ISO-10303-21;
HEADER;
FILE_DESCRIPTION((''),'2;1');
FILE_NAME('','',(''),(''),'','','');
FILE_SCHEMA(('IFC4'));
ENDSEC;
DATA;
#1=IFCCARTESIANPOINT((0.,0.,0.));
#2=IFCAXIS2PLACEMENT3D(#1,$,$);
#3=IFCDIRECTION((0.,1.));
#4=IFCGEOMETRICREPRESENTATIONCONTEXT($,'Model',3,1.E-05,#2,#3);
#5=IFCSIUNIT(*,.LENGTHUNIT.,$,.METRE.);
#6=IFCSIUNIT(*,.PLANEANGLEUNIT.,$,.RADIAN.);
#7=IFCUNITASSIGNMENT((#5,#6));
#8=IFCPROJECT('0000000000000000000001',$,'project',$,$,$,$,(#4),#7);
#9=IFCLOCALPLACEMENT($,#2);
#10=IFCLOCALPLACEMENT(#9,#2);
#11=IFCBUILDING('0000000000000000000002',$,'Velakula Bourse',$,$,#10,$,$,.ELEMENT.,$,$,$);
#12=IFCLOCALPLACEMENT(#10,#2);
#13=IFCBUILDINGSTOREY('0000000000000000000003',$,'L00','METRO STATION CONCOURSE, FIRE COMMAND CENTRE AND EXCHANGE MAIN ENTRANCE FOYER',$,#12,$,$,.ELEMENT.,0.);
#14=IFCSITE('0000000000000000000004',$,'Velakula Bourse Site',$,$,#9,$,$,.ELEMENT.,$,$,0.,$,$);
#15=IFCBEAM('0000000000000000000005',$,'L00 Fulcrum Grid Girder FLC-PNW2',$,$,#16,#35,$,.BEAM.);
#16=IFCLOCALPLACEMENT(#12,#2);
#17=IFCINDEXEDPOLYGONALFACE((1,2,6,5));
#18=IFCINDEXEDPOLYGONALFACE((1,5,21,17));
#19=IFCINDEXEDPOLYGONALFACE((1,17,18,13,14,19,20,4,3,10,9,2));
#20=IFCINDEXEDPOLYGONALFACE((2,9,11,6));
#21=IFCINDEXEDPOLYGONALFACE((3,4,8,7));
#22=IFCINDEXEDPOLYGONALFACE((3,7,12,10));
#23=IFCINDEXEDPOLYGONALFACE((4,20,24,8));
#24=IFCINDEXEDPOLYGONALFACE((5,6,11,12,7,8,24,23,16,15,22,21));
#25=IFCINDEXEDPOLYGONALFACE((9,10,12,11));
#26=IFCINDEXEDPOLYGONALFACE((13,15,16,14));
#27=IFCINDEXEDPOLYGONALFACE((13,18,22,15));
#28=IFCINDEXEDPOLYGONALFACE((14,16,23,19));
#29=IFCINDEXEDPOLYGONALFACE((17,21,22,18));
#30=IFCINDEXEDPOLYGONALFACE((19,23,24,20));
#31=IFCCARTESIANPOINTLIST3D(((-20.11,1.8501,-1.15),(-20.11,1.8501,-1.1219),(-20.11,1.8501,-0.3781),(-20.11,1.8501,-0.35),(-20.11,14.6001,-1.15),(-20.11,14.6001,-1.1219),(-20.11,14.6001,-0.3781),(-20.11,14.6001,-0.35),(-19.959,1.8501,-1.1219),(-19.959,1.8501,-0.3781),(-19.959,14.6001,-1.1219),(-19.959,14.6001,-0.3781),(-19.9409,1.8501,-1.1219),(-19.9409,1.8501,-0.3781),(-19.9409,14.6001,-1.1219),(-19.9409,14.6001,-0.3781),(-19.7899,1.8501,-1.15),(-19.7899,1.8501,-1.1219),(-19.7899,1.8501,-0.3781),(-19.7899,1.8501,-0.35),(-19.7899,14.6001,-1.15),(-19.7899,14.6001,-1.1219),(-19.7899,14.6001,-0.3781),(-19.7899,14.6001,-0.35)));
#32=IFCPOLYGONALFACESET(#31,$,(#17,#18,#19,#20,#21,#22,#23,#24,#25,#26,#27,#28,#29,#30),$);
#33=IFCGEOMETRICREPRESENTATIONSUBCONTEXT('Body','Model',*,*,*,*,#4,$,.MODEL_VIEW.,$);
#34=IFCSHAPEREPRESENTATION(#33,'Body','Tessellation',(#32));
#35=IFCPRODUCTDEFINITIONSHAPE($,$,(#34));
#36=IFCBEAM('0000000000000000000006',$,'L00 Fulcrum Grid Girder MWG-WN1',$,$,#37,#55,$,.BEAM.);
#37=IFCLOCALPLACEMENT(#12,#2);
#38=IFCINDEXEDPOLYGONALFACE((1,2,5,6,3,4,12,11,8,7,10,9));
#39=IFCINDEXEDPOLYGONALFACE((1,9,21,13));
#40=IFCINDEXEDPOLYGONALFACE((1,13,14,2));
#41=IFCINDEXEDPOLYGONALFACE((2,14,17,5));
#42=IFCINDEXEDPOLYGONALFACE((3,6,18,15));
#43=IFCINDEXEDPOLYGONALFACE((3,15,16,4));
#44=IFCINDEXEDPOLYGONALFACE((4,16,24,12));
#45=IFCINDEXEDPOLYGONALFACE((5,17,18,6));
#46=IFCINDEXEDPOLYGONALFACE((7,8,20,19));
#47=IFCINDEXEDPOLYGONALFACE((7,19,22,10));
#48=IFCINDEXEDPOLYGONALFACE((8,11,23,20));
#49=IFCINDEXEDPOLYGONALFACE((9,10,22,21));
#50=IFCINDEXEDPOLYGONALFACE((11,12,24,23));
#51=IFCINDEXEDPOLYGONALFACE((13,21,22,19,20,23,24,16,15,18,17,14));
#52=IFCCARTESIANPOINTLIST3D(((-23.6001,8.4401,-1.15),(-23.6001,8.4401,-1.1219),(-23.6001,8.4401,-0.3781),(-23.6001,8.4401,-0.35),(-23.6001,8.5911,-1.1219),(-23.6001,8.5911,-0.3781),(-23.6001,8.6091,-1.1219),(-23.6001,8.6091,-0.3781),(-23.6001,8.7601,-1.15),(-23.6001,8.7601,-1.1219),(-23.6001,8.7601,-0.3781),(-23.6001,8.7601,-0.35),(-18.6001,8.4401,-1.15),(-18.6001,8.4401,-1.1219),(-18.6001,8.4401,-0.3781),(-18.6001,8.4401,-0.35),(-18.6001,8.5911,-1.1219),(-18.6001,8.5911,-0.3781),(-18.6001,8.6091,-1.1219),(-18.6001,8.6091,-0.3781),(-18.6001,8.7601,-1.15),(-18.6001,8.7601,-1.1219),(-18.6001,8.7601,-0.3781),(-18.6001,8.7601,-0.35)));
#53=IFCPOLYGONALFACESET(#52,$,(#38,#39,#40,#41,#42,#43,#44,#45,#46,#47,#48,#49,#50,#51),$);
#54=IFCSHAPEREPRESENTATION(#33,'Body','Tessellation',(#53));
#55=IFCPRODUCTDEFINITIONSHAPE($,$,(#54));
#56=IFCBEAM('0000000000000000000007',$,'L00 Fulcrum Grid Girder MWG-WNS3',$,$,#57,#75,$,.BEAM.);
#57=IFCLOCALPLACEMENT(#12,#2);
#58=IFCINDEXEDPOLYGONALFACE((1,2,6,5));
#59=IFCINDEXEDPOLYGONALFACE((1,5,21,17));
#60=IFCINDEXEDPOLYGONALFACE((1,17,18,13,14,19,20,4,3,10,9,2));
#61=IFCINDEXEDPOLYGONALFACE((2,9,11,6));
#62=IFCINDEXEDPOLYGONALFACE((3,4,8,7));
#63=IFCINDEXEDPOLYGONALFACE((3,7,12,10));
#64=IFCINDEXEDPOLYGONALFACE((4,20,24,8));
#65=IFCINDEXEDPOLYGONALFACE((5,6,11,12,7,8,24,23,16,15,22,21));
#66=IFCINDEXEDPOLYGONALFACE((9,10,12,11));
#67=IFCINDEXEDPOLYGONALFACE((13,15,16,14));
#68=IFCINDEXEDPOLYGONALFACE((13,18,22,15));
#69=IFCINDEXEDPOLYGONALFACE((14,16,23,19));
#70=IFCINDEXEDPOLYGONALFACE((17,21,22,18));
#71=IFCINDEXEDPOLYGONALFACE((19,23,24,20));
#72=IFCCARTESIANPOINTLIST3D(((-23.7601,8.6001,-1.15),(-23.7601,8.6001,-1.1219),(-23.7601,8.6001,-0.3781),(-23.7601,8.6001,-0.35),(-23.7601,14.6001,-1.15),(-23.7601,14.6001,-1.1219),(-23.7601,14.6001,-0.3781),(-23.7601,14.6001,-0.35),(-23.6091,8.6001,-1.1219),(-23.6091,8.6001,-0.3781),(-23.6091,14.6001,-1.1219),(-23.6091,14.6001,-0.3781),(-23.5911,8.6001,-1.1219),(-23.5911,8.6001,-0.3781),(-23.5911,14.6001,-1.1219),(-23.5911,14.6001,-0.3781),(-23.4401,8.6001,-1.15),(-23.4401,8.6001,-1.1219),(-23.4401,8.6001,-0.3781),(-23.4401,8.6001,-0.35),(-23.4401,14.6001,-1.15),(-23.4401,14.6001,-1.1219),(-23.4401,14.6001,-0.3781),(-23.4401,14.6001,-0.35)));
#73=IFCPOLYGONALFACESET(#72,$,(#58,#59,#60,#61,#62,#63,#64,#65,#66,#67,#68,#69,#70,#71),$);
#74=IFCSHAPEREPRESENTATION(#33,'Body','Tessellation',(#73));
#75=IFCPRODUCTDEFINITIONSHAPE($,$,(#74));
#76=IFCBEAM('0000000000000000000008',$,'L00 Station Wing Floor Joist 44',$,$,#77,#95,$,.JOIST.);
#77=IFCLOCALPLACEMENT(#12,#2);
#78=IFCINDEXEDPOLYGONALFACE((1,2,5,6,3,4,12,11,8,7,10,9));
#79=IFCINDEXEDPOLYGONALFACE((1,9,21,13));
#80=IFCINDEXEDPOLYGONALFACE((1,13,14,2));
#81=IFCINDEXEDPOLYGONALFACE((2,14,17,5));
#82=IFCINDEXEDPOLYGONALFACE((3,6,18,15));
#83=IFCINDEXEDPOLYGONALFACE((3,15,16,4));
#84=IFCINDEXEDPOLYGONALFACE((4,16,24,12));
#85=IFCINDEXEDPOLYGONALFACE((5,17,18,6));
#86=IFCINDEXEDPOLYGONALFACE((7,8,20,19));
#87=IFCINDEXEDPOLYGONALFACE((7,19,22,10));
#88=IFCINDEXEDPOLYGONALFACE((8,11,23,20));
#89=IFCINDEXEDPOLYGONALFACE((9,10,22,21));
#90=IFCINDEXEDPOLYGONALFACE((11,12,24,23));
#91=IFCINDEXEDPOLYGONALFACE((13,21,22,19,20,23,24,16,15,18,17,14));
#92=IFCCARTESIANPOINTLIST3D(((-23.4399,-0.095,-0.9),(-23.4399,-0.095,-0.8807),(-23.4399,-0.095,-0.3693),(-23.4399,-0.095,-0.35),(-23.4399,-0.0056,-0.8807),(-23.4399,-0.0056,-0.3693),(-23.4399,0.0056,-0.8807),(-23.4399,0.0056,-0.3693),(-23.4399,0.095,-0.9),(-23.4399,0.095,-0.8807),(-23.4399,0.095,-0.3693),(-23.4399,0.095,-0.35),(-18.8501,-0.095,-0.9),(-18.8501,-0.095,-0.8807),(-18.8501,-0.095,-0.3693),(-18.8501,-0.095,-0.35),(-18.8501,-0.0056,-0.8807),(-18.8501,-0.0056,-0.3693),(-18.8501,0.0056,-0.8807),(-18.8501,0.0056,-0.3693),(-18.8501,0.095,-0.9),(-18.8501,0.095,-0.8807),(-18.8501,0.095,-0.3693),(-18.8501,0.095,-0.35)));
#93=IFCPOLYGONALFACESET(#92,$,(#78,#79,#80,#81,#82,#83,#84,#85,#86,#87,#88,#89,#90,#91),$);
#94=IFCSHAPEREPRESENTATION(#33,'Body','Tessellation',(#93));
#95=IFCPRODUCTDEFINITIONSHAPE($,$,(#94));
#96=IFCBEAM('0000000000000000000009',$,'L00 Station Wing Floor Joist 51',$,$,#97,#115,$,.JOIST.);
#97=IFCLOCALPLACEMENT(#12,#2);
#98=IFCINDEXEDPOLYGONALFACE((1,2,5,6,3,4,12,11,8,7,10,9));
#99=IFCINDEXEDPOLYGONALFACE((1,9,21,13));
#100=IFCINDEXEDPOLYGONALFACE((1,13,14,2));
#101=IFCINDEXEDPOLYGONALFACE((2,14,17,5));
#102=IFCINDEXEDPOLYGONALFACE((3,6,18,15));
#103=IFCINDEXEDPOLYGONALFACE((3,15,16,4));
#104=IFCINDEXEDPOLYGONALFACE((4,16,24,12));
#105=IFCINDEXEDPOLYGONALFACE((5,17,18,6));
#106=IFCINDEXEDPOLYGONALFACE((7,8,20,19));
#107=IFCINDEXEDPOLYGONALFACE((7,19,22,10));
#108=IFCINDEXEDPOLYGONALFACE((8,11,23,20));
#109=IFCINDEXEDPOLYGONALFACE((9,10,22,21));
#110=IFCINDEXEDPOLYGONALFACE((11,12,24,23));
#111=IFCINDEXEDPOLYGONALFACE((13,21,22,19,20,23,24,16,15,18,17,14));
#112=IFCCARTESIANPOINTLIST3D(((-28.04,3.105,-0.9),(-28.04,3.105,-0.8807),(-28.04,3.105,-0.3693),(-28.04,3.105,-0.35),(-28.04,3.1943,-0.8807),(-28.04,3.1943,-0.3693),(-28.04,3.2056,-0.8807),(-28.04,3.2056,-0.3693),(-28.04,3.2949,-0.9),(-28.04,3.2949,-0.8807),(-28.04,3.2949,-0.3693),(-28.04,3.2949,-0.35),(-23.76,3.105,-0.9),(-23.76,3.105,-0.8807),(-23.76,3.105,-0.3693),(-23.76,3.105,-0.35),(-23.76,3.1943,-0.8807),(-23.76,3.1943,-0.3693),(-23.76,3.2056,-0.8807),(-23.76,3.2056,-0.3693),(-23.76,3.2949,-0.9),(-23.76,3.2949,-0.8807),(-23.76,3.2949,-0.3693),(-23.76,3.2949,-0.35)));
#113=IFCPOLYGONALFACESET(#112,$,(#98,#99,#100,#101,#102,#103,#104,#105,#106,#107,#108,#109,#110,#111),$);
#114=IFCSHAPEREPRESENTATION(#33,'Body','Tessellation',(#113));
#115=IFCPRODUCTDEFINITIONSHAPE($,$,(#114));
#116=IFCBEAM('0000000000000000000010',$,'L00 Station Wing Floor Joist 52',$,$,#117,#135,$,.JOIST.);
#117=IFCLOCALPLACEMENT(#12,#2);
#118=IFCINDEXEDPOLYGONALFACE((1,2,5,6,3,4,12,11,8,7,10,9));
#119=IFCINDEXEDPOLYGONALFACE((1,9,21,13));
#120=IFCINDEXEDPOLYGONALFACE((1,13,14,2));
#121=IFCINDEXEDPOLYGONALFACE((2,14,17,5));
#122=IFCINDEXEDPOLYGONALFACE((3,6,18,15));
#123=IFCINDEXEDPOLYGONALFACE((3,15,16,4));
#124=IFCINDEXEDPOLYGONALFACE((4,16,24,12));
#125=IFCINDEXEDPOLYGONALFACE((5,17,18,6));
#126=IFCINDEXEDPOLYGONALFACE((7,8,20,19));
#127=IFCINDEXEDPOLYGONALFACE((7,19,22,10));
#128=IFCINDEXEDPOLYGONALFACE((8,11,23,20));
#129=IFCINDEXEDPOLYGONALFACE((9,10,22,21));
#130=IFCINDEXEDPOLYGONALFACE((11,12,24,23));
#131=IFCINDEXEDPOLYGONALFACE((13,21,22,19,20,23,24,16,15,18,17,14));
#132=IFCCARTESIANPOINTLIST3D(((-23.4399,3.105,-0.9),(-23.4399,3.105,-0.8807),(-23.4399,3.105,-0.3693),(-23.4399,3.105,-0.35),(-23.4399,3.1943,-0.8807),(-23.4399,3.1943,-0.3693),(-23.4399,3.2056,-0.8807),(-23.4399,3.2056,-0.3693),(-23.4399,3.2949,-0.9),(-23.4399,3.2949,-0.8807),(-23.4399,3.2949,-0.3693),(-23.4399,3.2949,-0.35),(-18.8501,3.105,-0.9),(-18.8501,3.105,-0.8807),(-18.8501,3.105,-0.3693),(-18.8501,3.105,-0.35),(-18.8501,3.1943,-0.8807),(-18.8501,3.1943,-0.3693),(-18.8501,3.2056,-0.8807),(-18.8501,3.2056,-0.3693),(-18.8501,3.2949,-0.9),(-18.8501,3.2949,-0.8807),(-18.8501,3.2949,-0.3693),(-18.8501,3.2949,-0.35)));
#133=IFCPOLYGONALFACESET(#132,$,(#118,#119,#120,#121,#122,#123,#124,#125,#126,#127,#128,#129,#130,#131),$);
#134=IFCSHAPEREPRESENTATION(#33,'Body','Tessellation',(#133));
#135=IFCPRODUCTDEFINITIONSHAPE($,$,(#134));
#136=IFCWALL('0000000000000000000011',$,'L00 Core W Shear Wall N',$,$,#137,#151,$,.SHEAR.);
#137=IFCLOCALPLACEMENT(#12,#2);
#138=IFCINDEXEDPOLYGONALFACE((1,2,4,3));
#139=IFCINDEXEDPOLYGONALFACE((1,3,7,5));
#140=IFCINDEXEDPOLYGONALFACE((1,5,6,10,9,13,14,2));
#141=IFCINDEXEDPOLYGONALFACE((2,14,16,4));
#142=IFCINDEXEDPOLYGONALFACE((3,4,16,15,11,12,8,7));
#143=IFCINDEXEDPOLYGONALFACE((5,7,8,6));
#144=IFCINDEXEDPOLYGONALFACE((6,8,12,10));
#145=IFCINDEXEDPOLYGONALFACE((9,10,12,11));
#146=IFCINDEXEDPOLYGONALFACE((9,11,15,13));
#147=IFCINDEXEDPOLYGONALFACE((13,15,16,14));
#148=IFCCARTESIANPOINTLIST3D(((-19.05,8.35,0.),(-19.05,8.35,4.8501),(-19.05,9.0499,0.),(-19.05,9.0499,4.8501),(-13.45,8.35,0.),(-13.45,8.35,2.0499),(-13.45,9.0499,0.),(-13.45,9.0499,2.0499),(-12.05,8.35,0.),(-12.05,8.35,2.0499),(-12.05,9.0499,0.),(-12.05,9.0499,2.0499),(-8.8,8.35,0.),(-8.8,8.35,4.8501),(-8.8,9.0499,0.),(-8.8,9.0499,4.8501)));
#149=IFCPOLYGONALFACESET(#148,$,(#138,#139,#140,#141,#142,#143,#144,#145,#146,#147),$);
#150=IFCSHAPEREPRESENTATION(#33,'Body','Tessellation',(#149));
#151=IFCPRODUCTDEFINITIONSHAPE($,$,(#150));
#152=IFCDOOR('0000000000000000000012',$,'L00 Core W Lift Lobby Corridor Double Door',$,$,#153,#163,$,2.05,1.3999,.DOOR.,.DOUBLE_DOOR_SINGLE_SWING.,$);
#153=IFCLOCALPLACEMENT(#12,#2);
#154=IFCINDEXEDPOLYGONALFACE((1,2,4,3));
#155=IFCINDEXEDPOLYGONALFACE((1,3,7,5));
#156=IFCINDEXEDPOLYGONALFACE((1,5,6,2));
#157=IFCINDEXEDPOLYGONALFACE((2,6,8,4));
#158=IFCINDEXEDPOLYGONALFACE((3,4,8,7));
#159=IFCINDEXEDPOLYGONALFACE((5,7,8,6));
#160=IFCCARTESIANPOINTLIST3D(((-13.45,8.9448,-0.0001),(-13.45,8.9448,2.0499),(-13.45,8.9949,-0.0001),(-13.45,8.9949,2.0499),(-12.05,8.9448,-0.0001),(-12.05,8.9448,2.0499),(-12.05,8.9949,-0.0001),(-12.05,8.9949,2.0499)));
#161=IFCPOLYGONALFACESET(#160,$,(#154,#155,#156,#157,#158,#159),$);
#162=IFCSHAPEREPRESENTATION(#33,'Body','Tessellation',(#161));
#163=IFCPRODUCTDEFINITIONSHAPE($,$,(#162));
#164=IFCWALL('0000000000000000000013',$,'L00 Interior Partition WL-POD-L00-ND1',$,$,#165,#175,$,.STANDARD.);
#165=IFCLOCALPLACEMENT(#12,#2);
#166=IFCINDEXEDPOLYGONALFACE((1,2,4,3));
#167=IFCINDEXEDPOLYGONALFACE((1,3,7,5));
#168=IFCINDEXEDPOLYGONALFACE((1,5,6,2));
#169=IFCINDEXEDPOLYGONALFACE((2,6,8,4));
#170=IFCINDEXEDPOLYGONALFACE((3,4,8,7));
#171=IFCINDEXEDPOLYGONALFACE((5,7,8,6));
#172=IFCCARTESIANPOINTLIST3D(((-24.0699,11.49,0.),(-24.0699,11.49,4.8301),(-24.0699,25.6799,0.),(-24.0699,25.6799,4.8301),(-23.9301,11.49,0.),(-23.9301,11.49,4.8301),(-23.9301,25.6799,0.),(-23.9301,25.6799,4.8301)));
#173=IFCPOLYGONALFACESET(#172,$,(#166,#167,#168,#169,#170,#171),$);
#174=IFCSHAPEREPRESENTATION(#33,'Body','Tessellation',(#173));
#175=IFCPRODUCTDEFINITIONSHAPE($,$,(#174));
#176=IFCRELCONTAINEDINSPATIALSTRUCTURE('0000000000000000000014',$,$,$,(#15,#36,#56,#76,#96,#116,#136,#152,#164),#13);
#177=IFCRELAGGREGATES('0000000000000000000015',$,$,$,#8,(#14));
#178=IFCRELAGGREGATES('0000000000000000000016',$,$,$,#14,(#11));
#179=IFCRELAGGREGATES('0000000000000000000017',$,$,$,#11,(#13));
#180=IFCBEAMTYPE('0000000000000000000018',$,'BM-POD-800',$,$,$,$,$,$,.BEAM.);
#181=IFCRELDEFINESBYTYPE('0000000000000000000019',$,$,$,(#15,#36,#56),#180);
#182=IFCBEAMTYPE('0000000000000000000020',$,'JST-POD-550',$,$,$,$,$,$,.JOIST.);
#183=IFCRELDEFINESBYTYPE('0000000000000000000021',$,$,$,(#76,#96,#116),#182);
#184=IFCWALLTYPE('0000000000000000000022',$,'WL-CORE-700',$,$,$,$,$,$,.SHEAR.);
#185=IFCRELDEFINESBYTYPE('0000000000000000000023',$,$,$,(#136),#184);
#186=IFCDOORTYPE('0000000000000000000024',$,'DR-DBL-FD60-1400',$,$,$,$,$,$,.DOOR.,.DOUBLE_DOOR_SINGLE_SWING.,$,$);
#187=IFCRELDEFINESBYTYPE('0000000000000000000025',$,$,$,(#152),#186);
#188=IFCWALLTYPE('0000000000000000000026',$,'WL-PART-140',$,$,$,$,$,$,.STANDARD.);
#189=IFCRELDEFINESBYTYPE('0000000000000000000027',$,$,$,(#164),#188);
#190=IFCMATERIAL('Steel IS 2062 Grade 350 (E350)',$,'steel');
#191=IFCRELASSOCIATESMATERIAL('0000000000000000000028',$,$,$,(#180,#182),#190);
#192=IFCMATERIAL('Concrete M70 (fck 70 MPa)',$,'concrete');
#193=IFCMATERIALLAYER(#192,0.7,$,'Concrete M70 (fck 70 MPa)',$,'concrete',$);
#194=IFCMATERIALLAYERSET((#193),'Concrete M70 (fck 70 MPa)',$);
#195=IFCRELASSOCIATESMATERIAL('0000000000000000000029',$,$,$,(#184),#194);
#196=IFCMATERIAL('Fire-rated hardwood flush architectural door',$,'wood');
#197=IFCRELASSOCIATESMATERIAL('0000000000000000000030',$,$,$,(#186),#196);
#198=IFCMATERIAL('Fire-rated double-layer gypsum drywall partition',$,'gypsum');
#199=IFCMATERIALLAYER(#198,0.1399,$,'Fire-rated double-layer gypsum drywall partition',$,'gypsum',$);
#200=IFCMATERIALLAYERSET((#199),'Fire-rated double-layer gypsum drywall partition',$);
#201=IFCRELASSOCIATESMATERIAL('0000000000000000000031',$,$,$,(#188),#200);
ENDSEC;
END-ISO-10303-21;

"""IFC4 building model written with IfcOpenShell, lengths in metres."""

from ifc_helpers import new_model, si_unit, direction, frame, frame_2d, origin, origin_2d, place, context, subcontext, project, spatial, rectangle, i_section, extrude, material, layer, layer_set, material_profile, profile_set, type_object, element, fill, save


model = new_model("IFC4")

# Units and contexts
model_context = context("Model", 3, precision=1e-05, world=origin(), true_north=direction((0.0, 1.0)))
body_context = subcontext(model_context, "Body", "Model", "MODEL_VIEW")
ifc_project = project(units=[si_unit("LENGTHUNIT", "METRE"), si_unit("PLANEANGLEUNIT", "RADIAN")], contexts=[model_context])

# Site, building, storey
site_placement = place(None, origin())
site = spatial("IfcSite", under=ifc_project, at=site_placement, Name="Velakula Bourse Site", CompositionType="ELEMENT", RefElevation=0.0)
building_placement = place(site_placement, origin())
building = spatial("IfcBuilding", under=site, at=building_placement, Name="Velakula Bourse", CompositionType="ELEMENT")
storey_placement = place(building_placement, origin())
storey = spatial("IfcBuildingStorey", under=building, at=storey_placement, Name="L00", Description="METRO STATION CONCOURSE, FIRE COMMAND CENTRE AND EXCHANGE MAIN ENTRANCE FOYER", CompositionType="ELEMENT", Elevation=0.0)

# Shared definitions
ifc_material_1 = material(Name="Concrete M70 (fck 70 MPa)", Category="concrete")

# Beams
ifc_material_2 = material(Name="Steel IS 2062 Grade 350 (E350)", Category="steel")
ifc_material_profile_1 = material_profile(ifc_material_2, i_section(OverallWidth=0.3201, OverallDepth=0.8, WebThickness=0.0181, FlangeThickness=0.0281, at=origin_2d()), Name="Steel IS 2062 Grade 350 (E350)")
ifc_profile_set_1 = profile_set([ifc_material_profile_1], Name="Steel IS 2062 Grade 350 (E350)")
beam_type_1 = type_object("IfcBeamType", Name="BM-POD-800", PredefinedType="BEAM", material=ifc_profile_set_1)
for number, where, z_axis, x_axis, name in (
    (1, (-19.95, 1.8501, -0.75), (0.0, 1.0, 0.0), (-1.0, 0.0, 0.0), "L00 Fulcrum Grid Girder FLC-PNW2"),
):
    element("IfcBeam", number, at=place(storey_placement, frame(where, z_axis=z_axis, x_axis=x_axis)), inside=storey, type_object=beam_type_1, Name=name, PredefinedType="BEAM", context=body_context, shape_type="SweptSolid", body=[
        extrude(i_section(OverallWidth=0.3201, OverallDepth=0.8, WebThickness=0.0181, FlangeThickness=0.0281, at=origin_2d()), origin(), (0.0, 0.0, 1.0), 12.75),
    ])
beam_1_placement = place(storey_placement, frame((-23.6001, 8.6001, -0.75), z_axis=(1.0, 0.0, 0.0), x_axis=(0.0, 1.0, 0.0)))
element("IfcBeam", 2, at=beam_1_placement, inside=storey, type_object=beam_type_1, Name="L00 Fulcrum Grid Girder MWG-WN1", PredefinedType="BEAM", context=body_context, shape_type="SweptSolid", body=[
    extrude(i_section(OverallWidth=0.3201, OverallDepth=0.8, WebThickness=0.0181, FlangeThickness=0.0281, at=origin_2d()), origin(), (0.0, 0.0, 1.0), 5.0),
])
beam_2_placement = place(storey_placement, frame((-23.6001, 8.6001, -0.75), z_axis=(0.0, 1.0, 0.0), x_axis=(-1.0, 0.0, 0.0)))
element("IfcBeam", 3, at=beam_2_placement, inside=storey, type_object=beam_type_1, Name="L00 Fulcrum Grid Girder MWG-WNS3", PredefinedType="BEAM", context=body_context, shape_type="SweptSolid", body=[
    extrude(i_section(OverallWidth=0.3201, OverallDepth=0.8, WebThickness=0.0181, FlangeThickness=0.0281, at=origin_2d()), origin(), (0.0, 0.0, 1.0), 6.0),
])
ifc_material_profile_2 = material_profile(ifc_material_2, i_section(OverallWidth=0.1899, OverallDepth=0.55, WebThickness=0.0112, FlangeThickness=0.0193, at=origin_2d()), Name="Steel IS 2062 Grade 350 (E350)")
ifc_profile_set_2 = profile_set([ifc_material_profile_2], Name="Steel IS 2062 Grade 350 (E350)")
beam_type_2 = type_object("IfcBeamType", Name="JST-POD-550", PredefinedType="JOIST", material=ifc_profile_set_2)
beam_3_placement = place(storey_placement, frame((-23.4399, 0.0, -0.625), z_axis=(1.0, 0.0, 0.0), x_axis=(0.0, 1.0, 0.0)))
element("IfcBeam", 4, at=beam_3_placement, inside=storey, type_object=beam_type_2, Name="L00 Station Wing Floor Joist 44", PredefinedType="JOIST", context=body_context, shape_type="SweptSolid", body=[
    extrude(i_section(OverallWidth=0.1899, OverallDepth=0.55, WebThickness=0.0112, FlangeThickness=0.0193, at=origin_2d()), origin(), (0.0, 0.0, 1.0), 4.5898),
])
beam_4_placement = place(storey_placement, frame((-28.04, 3.2, -0.625), z_axis=(1.0, 0.0, 0.0), x_axis=(0.0, 1.0, 0.0)))
element("IfcBeam", 5, at=beam_4_placement, inside=storey, type_object=beam_type_2, Name="L00 Station Wing Floor Joist 51", PredefinedType="JOIST", context=body_context, shape_type="SweptSolid", body=[
    extrude(i_section(OverallWidth=0.1899, OverallDepth=0.55, WebThickness=0.0112, FlangeThickness=0.0193, at=origin_2d()), origin(), (0.0, 0.0, 1.0), 4.28),
])
beam_5_placement = place(storey_placement, frame((-23.4399, 3.2, -0.625), z_axis=(1.0, 0.0, 0.0), x_axis=(0.0, 1.0, 0.0)))
element("IfcBeam", 6, at=beam_5_placement, inside=storey, type_object=beam_type_2, Name="L00 Station Wing Floor Joist 52", PredefinedType="JOIST", context=body_context, shape_type="SweptSolid", body=[
    extrude(i_section(OverallWidth=0.1899, OverallDepth=0.55, WebThickness=0.0112, FlangeThickness=0.0193, at=origin_2d()), origin(), (0.0, 0.0, 1.0), 4.5898),
])

# Wall, opening, door
ifc_layer_1 = layer(ifc_material_1, 0.7, Name="Concrete M70 (fck 70 MPa)", Category="concrete")
ifc_layer_set_1 = layer_set([ifc_layer_1], Name="Concrete M70 (fck 70 MPa)")
wall_type_1 = type_object("IfcWallType", Name="WL-CORE-700", PredefinedType="SHEAR", material=ifc_layer_set_1)
wall_1_placement = place(storey_placement, frame((-19.05, 8.7, 0.0), z_axis=(0.0, 0.0, 1.0), x_axis=(1.0, 0.0, 0.0)))
wall_1 = element("IfcWall", 7, at=wall_1_placement, inside=storey, type_object=wall_type_1, Name="L00 Core W Shear Wall N", PredefinedType="SHEAR", context=body_context, shape_type="SweptSolid", body=[
    extrude(rectangle(XDim=10.25, YDim=0.7, at=frame_2d((5.125, 0.0))), origin(), (0.0, 0.0, 1.0), 4.8501),
])
opening_placement = place(wall_1_placement, frame((5.6001, 0.0, 0.0)))
opening = element("IfcOpeningElement", 8, at=opening_placement, cuts=wall_1, PredefinedType="OPENING", context=body_context, shape_type="SweptSolid", body=[
    extrude(rectangle(XDim=1.3999, YDim=2.05, at=frame_2d((0.7, 1.0249))), frame((0.0, 0.3599, 0.0), z_axis=(0.0, -1.0, 0.0), x_axis=(1.0, 0.0, 0.0)), (0.0, 0.0, 1.0), 0.72),
])
ifc_material_3 = material(Name="Fire-rated hardwood flush architectural door", Category="wood")
door_type = type_object("IfcDoorType", Name="DR-DBL-FD60-1400", OperationType="DOUBLE_DOOR_SINGLE_SWING", PredefinedType="DOOR", material=ifc_material_3)
door_placement = place(opening_placement, origin())
door = element("IfcDoor", 9, at=door_placement, inside=storey, type_object=door_type, Name="L00 Core W Lift Lobby Corridor Double Door", OperationType="DOUBLE_DOOR_SINGLE_SWING", OverallHeight=2.05, OverallWidth=1.3999, PredefinedType="DOOR", context=body_context, shape_type="SweptSolid", body=[
    extrude(rectangle(XDim=1.3999, YDim=2.05, at=frame_2d((0.7, 1.0249))), frame((0.0, 0.2949, 0.0), z_axis=(0.0, -1.0, 0.0), x_axis=(1.0, 0.0, 0.0)), (0.0, 0.0, 1.0), 0.05),
])
fill(opening, door)

# Wall
ifc_material_4 = material(Name="Fire-rated double-layer gypsum drywall partition", Category="gypsum")
ifc_layer_2 = layer(ifc_material_4, 0.1399, Name="Fire-rated double-layer gypsum drywall partition", Category="gypsum")
ifc_layer_set_2 = layer_set([ifc_layer_2], Name="Fire-rated double-layer gypsum drywall partition")
wall_type_2 = type_object("IfcWallType", Name="WL-PART-140", PredefinedType="STANDARD", material=ifc_layer_set_2)
wall_2_placement = place(storey_placement, frame((-24.0, 11.49, 0.0), z_axis=(0.0, 0.0, 1.0), x_axis=(0.0, 1.0, 0.0)))
element("IfcWall", 10, at=wall_2_placement, inside=storey, type_object=wall_type_2, Name="L00 Interior Partition WL-POD-L00-ND1", PredefinedType="STANDARD", context=body_context, shape_type="SweptSolid", body=[
    extrude(rectangle(XDim=14.1899, YDim=0.1399, at=frame_2d((7.095, 0.0))), origin(), (0.0, 0.0, 1.0), 4.8301),
])

save(model, "model.ifc")
